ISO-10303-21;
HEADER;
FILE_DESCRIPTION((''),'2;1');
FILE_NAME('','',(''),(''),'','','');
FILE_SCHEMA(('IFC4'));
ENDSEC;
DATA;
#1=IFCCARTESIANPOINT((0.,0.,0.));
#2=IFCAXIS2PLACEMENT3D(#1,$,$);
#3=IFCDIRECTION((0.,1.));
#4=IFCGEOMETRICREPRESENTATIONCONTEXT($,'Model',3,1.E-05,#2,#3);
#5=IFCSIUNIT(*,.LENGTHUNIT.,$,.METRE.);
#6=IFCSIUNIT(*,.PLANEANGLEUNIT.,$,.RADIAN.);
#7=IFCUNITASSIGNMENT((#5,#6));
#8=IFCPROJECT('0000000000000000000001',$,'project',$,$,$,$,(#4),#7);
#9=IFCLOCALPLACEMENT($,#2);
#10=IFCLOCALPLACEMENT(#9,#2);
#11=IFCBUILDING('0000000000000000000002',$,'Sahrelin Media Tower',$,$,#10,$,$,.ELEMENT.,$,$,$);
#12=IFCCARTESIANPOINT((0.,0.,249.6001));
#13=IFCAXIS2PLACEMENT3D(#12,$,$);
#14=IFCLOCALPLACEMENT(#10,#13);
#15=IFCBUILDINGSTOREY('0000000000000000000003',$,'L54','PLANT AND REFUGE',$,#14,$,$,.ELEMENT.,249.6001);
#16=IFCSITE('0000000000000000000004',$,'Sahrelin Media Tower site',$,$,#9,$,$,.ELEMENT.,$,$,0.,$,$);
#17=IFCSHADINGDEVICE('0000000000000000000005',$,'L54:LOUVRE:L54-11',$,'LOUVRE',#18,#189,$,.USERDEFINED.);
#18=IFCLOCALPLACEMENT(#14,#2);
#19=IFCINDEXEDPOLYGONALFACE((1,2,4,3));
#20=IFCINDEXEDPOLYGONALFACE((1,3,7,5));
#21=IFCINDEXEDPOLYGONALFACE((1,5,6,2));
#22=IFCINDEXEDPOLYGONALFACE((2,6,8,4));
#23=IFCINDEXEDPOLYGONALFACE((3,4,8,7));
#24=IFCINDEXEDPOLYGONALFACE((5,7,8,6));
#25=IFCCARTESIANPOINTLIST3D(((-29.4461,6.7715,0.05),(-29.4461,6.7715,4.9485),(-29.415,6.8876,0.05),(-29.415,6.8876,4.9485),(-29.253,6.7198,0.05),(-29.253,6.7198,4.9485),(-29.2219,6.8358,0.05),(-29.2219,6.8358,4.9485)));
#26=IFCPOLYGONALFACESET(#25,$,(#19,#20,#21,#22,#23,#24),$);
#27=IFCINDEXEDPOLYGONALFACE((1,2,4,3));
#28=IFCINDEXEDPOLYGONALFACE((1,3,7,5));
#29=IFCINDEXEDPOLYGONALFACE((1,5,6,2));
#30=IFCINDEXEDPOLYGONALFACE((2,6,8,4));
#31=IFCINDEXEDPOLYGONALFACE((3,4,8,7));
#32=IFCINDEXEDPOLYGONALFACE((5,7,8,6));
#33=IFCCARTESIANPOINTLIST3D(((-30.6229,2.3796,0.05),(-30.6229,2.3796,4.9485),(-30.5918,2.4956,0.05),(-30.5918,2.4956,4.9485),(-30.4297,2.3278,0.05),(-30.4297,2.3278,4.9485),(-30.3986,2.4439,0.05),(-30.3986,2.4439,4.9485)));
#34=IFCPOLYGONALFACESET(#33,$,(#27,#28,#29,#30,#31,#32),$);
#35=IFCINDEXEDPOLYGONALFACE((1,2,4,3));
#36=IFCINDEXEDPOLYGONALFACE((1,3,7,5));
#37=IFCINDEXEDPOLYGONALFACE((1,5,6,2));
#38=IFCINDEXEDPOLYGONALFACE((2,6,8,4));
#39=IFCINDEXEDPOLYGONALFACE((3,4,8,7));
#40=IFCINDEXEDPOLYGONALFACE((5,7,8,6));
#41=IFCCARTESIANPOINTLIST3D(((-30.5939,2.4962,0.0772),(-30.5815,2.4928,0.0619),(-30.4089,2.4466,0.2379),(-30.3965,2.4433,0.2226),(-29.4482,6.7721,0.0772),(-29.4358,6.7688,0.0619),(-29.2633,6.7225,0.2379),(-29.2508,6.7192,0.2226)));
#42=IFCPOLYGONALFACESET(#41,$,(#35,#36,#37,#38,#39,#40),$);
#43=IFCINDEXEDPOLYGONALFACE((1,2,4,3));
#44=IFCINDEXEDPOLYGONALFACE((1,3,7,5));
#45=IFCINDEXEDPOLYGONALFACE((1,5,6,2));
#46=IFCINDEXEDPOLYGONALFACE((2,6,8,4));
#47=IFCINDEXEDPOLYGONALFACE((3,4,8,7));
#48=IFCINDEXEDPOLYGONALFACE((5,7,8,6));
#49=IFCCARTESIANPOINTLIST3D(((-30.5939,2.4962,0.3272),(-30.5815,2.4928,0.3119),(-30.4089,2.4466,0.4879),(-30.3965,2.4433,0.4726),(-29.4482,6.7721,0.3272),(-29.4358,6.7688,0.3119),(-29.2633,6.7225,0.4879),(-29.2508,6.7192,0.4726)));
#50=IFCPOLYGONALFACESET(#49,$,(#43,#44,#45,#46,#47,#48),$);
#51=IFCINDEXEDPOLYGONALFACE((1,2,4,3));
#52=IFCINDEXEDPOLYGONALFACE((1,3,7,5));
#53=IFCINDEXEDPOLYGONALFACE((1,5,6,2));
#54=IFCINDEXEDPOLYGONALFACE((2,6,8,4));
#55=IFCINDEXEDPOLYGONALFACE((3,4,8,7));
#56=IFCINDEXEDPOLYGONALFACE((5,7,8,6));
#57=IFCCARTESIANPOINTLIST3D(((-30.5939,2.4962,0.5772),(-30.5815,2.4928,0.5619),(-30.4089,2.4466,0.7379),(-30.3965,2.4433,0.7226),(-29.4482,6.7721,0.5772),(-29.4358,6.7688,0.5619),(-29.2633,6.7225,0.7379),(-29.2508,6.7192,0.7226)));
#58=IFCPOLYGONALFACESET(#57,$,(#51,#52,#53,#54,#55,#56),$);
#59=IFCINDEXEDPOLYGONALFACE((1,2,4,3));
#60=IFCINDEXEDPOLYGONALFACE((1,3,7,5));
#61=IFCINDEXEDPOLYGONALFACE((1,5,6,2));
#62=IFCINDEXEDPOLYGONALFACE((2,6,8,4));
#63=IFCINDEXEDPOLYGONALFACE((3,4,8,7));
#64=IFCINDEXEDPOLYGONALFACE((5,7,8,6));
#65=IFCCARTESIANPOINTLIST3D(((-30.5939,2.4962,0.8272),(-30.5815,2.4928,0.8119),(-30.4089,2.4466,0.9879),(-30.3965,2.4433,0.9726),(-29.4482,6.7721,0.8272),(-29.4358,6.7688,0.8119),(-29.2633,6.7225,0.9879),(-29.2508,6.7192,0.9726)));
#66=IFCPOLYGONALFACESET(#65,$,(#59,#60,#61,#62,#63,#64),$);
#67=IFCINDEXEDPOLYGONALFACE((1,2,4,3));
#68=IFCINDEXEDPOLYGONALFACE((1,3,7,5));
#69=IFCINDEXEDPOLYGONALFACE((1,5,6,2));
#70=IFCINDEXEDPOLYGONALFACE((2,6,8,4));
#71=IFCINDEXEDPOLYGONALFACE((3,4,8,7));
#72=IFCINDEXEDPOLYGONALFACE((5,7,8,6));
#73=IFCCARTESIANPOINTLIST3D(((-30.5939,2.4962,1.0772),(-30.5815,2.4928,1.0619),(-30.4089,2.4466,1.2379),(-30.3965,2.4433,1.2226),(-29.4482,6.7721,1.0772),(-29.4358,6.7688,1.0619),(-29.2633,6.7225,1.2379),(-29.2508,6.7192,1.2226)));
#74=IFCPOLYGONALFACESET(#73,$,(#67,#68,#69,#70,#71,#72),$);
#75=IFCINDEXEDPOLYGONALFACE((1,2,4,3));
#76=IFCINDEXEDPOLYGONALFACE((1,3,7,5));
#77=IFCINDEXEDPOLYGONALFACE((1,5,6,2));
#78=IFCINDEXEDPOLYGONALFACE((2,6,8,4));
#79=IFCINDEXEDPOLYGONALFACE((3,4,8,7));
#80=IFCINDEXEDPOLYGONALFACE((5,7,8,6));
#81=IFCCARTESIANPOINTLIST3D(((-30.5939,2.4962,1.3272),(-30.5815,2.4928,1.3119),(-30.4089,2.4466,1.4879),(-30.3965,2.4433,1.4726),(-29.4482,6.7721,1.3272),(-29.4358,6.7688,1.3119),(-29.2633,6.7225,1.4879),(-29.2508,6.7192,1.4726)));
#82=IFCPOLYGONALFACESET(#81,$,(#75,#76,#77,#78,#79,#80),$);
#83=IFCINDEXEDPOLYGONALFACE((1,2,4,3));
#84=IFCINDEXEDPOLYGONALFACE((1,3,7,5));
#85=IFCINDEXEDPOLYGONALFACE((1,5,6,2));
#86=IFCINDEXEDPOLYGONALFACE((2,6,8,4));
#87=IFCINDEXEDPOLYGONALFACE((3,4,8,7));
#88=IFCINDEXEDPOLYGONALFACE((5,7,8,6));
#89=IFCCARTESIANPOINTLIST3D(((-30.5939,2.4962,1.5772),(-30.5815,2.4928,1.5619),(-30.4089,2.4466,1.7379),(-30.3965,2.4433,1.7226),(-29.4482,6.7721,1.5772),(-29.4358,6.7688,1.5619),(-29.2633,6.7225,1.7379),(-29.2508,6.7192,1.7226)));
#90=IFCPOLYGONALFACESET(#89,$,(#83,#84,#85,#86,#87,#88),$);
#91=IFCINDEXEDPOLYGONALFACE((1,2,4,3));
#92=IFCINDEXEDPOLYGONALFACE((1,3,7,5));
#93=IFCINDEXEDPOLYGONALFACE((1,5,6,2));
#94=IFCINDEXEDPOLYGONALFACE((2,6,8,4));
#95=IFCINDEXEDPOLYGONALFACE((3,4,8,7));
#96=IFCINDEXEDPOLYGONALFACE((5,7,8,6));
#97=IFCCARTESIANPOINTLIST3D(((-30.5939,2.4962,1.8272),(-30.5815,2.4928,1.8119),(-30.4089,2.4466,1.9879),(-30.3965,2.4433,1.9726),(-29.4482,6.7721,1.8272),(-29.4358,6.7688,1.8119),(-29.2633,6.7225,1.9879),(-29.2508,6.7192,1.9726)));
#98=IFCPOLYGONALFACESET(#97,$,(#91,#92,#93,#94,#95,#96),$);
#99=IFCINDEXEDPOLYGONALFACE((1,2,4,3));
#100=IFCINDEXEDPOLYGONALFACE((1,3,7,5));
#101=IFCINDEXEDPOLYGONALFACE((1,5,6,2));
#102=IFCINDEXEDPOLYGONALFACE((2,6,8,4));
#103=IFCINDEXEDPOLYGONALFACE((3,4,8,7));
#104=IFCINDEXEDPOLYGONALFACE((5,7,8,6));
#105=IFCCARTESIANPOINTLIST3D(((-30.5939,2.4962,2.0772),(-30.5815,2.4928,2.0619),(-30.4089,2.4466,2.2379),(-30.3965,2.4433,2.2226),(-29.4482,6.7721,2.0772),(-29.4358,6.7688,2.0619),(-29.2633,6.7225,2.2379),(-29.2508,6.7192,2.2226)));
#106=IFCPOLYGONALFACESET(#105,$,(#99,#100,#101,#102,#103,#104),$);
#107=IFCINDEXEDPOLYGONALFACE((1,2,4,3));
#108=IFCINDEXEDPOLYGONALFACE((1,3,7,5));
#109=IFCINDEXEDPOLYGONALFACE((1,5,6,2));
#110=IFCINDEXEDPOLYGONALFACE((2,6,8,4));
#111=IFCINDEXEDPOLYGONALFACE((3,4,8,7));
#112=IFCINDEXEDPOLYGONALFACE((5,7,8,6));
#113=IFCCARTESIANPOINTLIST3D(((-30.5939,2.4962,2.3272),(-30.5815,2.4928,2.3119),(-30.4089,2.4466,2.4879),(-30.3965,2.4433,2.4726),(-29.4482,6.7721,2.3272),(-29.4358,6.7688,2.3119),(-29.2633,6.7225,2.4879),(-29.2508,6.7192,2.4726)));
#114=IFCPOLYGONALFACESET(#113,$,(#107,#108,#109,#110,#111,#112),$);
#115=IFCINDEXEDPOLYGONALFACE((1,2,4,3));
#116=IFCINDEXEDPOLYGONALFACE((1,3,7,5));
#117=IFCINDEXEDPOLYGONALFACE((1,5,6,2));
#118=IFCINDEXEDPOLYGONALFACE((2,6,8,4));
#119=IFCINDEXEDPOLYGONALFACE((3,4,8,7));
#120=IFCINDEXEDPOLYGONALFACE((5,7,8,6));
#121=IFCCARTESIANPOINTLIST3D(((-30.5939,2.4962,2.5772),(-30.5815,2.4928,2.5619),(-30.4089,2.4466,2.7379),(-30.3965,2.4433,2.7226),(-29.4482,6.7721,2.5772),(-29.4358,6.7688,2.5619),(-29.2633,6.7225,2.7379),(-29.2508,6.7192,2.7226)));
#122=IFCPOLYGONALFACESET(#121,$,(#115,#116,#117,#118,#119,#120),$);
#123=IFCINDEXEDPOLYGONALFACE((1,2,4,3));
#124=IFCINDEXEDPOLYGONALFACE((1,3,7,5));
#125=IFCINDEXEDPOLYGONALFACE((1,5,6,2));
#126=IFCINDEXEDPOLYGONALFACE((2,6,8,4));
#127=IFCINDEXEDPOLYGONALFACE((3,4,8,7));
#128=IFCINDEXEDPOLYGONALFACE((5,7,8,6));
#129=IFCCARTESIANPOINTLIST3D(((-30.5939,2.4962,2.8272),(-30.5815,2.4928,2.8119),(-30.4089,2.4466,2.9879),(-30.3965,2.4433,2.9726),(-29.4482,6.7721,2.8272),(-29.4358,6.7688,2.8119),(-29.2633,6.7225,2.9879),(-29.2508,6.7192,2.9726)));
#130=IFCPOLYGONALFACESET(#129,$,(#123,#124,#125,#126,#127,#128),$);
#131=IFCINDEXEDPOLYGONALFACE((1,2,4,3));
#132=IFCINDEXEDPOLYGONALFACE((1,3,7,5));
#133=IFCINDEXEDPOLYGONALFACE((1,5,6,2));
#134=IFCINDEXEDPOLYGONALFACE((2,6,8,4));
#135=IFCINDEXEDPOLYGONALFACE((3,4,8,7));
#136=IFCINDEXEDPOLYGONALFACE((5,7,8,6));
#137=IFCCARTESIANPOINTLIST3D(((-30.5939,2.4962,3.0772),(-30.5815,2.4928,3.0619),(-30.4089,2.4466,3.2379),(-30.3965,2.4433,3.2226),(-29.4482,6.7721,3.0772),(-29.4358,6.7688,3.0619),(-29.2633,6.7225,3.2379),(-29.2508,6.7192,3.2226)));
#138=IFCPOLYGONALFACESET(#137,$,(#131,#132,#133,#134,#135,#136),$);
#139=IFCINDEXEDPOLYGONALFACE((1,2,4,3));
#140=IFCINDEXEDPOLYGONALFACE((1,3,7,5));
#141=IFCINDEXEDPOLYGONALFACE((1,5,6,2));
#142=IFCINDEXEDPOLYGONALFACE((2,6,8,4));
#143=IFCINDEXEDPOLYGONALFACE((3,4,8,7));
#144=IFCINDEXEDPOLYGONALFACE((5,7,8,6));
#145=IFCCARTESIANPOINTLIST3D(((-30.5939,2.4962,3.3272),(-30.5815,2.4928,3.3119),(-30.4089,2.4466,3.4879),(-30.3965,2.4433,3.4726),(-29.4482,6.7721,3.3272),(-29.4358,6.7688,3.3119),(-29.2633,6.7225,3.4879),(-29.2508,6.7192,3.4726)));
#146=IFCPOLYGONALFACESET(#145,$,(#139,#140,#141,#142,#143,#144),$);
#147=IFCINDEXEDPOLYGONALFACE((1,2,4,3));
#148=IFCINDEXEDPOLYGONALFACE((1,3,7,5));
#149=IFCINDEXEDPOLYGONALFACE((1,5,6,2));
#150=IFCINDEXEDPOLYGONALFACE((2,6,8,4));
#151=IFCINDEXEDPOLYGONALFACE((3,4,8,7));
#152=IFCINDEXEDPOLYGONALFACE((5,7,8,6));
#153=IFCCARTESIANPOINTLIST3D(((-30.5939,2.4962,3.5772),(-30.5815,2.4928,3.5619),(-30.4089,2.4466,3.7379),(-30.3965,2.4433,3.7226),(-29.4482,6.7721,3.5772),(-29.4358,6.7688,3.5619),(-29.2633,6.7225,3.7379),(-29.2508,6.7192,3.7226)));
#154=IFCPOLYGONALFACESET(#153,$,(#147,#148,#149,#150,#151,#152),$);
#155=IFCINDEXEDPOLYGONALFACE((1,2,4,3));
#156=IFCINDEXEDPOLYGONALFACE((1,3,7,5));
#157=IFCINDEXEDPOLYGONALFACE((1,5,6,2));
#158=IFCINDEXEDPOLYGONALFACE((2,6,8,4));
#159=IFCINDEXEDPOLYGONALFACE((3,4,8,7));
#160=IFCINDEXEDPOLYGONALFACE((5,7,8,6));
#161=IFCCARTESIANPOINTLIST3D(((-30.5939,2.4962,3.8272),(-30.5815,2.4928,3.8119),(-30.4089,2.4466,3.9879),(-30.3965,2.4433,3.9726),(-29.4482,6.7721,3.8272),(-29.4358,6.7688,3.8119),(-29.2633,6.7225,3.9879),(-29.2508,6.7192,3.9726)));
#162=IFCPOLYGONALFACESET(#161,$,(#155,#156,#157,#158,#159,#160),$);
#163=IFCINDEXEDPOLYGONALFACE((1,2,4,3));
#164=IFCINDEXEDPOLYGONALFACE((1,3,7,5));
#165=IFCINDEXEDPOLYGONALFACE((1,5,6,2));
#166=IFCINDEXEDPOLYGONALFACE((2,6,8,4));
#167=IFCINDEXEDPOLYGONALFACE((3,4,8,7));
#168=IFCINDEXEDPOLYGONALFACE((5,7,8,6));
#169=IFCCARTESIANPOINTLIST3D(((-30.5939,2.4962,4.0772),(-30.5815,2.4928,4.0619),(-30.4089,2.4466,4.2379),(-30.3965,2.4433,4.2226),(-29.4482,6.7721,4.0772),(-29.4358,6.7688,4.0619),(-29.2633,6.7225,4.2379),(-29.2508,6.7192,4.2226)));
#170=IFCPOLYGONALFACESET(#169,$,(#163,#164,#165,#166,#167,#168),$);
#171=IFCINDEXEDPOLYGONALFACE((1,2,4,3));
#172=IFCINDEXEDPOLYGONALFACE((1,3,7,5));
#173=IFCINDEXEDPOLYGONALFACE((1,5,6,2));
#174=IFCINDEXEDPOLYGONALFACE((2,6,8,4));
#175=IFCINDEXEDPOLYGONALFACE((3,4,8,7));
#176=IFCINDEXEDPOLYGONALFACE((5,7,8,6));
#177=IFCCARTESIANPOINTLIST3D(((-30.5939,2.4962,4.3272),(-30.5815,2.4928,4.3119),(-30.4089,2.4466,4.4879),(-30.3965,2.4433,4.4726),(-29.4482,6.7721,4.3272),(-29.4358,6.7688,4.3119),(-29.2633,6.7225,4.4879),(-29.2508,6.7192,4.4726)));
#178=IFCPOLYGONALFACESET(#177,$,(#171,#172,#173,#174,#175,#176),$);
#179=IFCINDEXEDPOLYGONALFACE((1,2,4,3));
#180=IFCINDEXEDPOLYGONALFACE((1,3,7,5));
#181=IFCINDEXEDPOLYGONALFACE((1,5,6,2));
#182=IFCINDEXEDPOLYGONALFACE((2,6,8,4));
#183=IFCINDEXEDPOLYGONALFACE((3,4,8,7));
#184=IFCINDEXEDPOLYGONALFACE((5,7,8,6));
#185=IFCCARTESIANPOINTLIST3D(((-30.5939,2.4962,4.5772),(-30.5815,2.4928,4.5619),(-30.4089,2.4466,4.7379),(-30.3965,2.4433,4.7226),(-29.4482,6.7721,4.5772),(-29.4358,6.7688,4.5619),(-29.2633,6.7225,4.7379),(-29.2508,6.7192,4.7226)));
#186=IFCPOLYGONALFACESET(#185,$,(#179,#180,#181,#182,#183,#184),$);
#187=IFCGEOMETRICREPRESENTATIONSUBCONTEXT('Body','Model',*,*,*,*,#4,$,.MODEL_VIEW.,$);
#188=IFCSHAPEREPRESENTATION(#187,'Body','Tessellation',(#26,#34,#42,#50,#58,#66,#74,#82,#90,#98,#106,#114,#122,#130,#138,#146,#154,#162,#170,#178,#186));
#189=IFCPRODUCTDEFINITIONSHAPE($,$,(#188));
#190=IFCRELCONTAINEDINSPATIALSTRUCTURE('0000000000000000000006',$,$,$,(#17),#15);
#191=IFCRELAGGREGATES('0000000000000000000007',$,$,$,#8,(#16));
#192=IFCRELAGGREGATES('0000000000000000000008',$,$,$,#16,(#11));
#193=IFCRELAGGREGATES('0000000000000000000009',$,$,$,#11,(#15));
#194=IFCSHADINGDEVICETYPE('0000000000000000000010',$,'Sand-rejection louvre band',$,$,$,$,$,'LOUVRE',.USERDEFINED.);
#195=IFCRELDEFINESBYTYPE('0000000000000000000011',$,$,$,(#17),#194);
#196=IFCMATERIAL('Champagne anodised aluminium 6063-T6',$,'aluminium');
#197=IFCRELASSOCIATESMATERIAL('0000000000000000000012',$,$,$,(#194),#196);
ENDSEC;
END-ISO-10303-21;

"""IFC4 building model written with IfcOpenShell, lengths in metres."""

from ifc_helpers import new_model, si_unit, direction, frame, origin, origin_2d, place, context, subcontext, project, spatial, rectangle, extrude, material, type_object, element, save


model = new_model("IFC4")

# Units and contexts
model_context = context("Model", 3, precision=1e-05, world=origin(), true_north=direction((0.0, 1.0)))
body_context = subcontext(model_context, "Body", "Model", "MODEL_VIEW")
ifc_project = project(units=[si_unit("LENGTHUNIT", "METRE"), si_unit("PLANEANGLEUNIT", "RADIAN")], contexts=[model_context])

# Site, building, storey
site_placement = place(None, origin())
site = spatial("IfcSite", under=ifc_project, at=site_placement, Name="Sahrelin Media Tower site", CompositionType="ELEMENT", RefElevation=0.0)
building_placement = place(site_placement, origin())
building = spatial("IfcBuilding", under=site, at=building_placement, Name="Sahrelin Media Tower", CompositionType="ELEMENT")
storey_placement = place(building_placement, frame((0.0, 0.0, 249.6001)))
storey = spatial("IfcBuildingStorey", under=building, at=storey_placement, Name="L54", Description="PLANT AND REFUGE", CompositionType="ELEMENT", Elevation=249.6001)

# Shading device
ifc_material_1 = material(Name="Champagne anodised aluminium 6063-T6", Category="aluminium")
shading_device_type = type_object("IfcShadingDeviceType", Name="Sand-rejection louvre band", ElementType="LOUVRE", PredefinedType="USERDEFINED", material=ifc_material_1)
shading_device_1_placement = place(storey_placement, frame((-29.8257, 4.5818, 0.0), z_axis=(0.0, 0.0, 1.0), x_axis=(0.258808, 0.965929, 0.0)))
element("IfcShadingDevice", 1, at=shading_device_1_placement, inside=storey, type_object=shading_device_type, Name="L54:LOUVRE:L54-11", ObjectType="LOUVRE", PredefinedType="USERDEFINED", context=body_context, shape_type="SweptSolid", body=[
    extrude(rectangle(XDim=0.1201, YDim=0.2, at=origin_2d()), frame((2.2734, 0.1001, 0.05), z_axis=(0.0, 0.0, 1.0), x_axis=(1.0, 0.0, 0.0)), (0.0, 0.0, 1.0), 4.8984),
    extrude(rectangle(XDim=0.1201, YDim=0.2, at=origin_2d()), frame((-2.2734, 0.1001, 0.05), z_axis=(0.0, 0.0, 1.0), x_axis=(1.0, 0.0, 0.0)), (0.0, 0.0, 1.0), 4.8984),
    extrude(rectangle(XDim=0.25, YDim=0.02, at=origin_2d()), frame((2.2134, 0.1001, 0.1499), z_axis=(-1.0, 0.0, 0.0), x_axis=(0.0, -0.766044, 0.642788)), (0.0, 0.0, 1.0), 4.4268),
    extrude(rectangle(XDim=0.25, YDim=0.02, at=origin_2d()), frame((2.2134, 0.1001, 0.3999), z_axis=(-1.0, 0.0, 0.0), x_axis=(0.0, -0.766044, 0.642788)), (0.0, 0.0, 1.0), 4.4268),
    extrude(rectangle(XDim=0.25, YDim=0.02, at=origin_2d()), frame((2.2134, 0.1001, 0.6499), z_axis=(-1.0, 0.0, 0.0), x_axis=(0.0, -0.766044, 0.642788)), (0.0, 0.0, 1.0), 4.4268),
    extrude(rectangle(XDim=0.25, YDim=0.02, at=origin_2d()), frame((2.2134, 0.1001, 0.8999), z_axis=(-1.0, 0.0, 0.0), x_axis=(0.0, -0.766044, 0.642788)), (0.0, 0.0, 1.0), 4.4268),
    extrude(rectangle(XDim=0.25, YDim=0.02, at=origin_2d()), frame((2.2134, 0.1001, 1.1499), z_axis=(-1.0, 0.0, 0.0), x_axis=(0.0, -0.766044, 0.642788)), (0.0, 0.0, 1.0), 4.4268),
    extrude(rectangle(XDim=0.25, YDim=0.02, at=origin_2d()), frame((2.2134, 0.1001, 1.3999), z_axis=(-1.0, 0.0, 0.0), x_axis=(0.0, -0.766044, 0.642788)), (0.0, 0.0, 1.0), 4.4268),
    extrude(rectangle(XDim=0.25, YDim=0.02, at=origin_2d()), frame((2.2134, 0.1001, 1.6499), z_axis=(-1.0, 0.0, 0.0), x_axis=(0.0, -0.766044, 0.642788)), (0.0, 0.0, 1.0), 4.4268),
    extrude(rectangle(XDim=0.25, YDim=0.02, at=origin_2d()), frame((2.2134, 0.1001, 1.8999), z_axis=(-1.0, 0.0, 0.0), x_axis=(0.0, -0.766044, 0.642788)), (0.0, 0.0, 1.0), 4.4268),
    extrude(rectangle(XDim=0.25, YDim=0.02, at=origin_2d()), frame((2.2134, 0.1001, 2.1499), z_axis=(-1.0, 0.0, 0.0), x_axis=(0.0, -0.766044, 0.642788)), (0.0, 0.0, 1.0), 4.4268),
    extrude(rectangle(XDim=0.25, YDim=0.02, at=origin_2d()), frame((2.2134, 0.1001, 2.3999), z_axis=(-1.0, 0.0, 0.0), x_axis=(0.0, -0.766044, 0.642788)), (0.0, 0.0, 1.0), 4.4268),
    extrude(rectangle(XDim=0.25, YDim=0.02, at=origin_2d()), frame((2.2134, 0.1001, 2.6499), z_axis=(-1.0, 0.0, 0.0), x_axis=(0.0, -0.766044, 0.642788)), (0.0, 0.0, 1.0), 4.4268),
    extrude(rectangle(XDim=0.25, YDim=0.02, at=origin_2d()), frame((2.2134, 0.1001, 2.8999), z_axis=(-1.0, 0.0, 0.0), x_axis=(0.0, -0.766044, 0.642788)), (0.0, 0.0, 1.0), 4.4268),
    extrude(rectangle(XDim=0.25, YDim=0.02, at=origin_2d()), frame((2.2134, 0.1001, 3.1499), z_axis=(-1.0, 0.0, 0.0), x_axis=(0.0, -0.766044, 0.642788)), (0.0, 0.0, 1.0), 4.4268),
    extrude(rectangle(XDim=0.25, YDim=0.02, at=origin_2d()), frame((2.2134, 0.1001, 3.3999), z_axis=(-1.0, 0.0, 0.0), x_axis=(0.0, -0.766044, 0.642788)), (0.0, 0.0, 1.0), 4.4268),
    extrude(rectangle(XDim=0.25, YDim=0.02, at=origin_2d()), frame((2.2134, 0.1001, 3.6499), z_axis=(-1.0, 0.0, 0.0), x_axis=(0.0, -0.766044, 0.642788)), (0.0, 0.0, 1.0), 4.4268),
    extrude(rectangle(XDim=0.25, YDim=0.02, at=origin_2d()), frame((2.2134, 0.1001, 3.8999), z_axis=(-1.0, 0.0, 0.0), x_axis=(0.0, -0.766044, 0.642788)), (0.0, 0.0, 1.0), 4.4268),
    extrude(rectangle(XDim=0.25, YDim=0.02, at=origin_2d()), frame((2.2134, 0.1001, 4.1499), z_axis=(-1.0, 0.0, 0.0), x_axis=(0.0, -0.766044, 0.642788)), (0.0, 0.0, 1.0), 4.4268),
    extrude(rectangle(XDim=0.25, YDim=0.02, at=origin_2d()), frame((2.2134, 0.1001, 4.3999), z_axis=(-1.0, 0.0, 0.0), x_axis=(0.0, -0.766044, 0.642788)), (0.0, 0.0, 1.0), 4.4268),
    extrude(rectangle(XDim=0.25, YDim=0.02, at=origin_2d()), frame((2.2134, 0.1001, 4.6499), z_axis=(-1.0, 0.0, 0.0), x_axis=(0.0, -0.766044, 0.642788)), (0.0, 0.0, 1.0), 4.4268),
])

save(model, "model.ifc")
